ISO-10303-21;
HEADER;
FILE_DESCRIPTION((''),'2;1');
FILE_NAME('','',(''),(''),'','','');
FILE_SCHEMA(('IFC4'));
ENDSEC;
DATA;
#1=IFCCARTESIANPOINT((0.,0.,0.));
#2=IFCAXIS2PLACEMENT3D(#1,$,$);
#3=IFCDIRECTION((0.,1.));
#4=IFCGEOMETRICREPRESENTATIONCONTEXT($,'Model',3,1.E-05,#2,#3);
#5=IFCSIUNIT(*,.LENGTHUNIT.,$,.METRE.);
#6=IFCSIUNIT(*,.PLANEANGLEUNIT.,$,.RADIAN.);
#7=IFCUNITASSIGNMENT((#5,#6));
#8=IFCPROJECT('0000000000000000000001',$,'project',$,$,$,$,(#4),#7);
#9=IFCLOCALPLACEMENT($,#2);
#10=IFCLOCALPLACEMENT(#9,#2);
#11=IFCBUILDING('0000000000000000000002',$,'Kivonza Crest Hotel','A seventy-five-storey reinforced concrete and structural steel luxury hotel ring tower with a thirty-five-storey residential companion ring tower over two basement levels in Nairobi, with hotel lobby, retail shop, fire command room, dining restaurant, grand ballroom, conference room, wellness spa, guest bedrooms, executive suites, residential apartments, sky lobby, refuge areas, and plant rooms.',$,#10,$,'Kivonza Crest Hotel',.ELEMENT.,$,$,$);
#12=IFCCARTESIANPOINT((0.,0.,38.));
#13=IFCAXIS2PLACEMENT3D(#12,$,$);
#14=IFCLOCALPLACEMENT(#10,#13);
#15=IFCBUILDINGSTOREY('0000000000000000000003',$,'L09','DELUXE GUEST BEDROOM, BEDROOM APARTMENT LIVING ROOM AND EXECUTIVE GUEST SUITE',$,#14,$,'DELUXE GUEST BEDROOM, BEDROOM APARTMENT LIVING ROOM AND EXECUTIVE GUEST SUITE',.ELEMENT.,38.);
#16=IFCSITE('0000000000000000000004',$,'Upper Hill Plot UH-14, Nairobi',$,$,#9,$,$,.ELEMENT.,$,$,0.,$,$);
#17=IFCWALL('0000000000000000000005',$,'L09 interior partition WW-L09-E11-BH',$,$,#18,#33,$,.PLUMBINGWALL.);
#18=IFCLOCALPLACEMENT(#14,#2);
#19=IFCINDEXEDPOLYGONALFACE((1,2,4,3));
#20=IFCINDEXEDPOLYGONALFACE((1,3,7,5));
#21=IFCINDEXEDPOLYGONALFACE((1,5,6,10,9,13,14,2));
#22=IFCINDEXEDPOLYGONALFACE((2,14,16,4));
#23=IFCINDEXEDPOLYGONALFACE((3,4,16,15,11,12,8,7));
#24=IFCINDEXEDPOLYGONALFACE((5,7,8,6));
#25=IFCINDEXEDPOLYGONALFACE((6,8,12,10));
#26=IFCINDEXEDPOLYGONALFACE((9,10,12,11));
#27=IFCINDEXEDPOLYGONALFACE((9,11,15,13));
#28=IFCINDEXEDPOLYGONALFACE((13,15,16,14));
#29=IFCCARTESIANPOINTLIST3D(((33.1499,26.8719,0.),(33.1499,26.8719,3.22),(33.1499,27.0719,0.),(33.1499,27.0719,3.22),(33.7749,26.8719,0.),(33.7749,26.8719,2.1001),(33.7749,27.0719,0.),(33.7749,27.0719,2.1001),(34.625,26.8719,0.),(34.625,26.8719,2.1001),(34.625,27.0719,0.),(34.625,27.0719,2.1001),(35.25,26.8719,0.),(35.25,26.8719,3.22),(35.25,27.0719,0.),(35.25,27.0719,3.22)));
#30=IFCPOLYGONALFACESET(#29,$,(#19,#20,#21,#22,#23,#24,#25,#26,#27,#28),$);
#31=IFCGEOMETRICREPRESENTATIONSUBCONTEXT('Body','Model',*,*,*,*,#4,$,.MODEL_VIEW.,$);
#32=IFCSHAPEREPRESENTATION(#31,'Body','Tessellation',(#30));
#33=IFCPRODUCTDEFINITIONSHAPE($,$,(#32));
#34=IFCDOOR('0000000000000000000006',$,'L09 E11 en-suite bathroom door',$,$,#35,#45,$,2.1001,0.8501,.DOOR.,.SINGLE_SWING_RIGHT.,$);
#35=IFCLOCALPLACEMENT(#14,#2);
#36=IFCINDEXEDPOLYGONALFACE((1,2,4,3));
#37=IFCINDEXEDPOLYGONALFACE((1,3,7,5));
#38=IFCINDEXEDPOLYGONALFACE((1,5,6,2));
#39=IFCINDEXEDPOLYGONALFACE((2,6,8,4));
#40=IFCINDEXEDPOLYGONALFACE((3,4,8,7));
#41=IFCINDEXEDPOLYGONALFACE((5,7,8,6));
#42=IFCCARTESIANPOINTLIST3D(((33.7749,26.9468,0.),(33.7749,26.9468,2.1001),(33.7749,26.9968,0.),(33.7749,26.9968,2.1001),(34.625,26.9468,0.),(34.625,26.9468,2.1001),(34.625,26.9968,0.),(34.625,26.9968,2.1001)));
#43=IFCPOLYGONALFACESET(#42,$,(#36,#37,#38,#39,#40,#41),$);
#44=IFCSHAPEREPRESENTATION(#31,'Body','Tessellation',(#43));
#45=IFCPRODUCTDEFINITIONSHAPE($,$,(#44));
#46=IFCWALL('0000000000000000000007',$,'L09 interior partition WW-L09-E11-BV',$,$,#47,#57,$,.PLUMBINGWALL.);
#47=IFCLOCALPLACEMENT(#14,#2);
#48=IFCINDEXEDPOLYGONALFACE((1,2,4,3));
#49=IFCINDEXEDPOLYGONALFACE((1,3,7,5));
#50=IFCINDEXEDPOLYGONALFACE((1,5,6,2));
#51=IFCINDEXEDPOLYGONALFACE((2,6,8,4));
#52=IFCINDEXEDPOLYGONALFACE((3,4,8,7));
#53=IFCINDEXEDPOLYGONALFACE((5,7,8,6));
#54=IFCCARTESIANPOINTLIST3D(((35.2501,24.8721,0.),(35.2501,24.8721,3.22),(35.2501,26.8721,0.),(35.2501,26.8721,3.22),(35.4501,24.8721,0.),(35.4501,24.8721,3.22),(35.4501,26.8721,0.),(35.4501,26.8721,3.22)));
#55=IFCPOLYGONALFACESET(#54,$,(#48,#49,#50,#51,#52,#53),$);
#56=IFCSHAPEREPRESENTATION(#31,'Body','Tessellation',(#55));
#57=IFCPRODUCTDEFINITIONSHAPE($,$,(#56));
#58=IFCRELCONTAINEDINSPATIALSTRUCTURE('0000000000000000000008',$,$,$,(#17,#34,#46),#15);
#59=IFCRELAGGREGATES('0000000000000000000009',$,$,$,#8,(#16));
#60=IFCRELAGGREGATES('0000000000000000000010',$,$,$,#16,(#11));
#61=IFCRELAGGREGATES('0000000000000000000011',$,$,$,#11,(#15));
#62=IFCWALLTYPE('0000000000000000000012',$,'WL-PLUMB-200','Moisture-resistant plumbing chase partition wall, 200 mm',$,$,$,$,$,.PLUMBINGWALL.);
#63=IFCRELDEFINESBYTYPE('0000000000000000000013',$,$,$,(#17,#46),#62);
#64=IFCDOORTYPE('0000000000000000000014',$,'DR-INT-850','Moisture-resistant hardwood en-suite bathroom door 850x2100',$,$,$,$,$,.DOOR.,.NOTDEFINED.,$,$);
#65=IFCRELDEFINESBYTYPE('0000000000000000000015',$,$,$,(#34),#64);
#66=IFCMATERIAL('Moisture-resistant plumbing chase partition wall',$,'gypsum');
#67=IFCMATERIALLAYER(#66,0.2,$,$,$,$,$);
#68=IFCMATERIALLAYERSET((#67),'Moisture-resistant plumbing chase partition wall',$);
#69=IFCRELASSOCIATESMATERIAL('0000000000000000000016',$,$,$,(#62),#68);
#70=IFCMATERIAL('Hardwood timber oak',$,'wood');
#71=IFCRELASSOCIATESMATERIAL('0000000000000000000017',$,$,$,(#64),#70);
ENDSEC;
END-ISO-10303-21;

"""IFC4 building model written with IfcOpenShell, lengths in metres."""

from ifc_helpers import new_model, si_unit, direction, frame, frame_2d, origin, place, context, subcontext, project, spatial, rectangle, extrude, material, layer, layer_set, type_object, element, fill, save


model = new_model("IFC4")

# Units and contexts
model_context = context("Model", 3, precision=1e-05, world=origin(), true_north=direction((0.0, 1.0)))
body_context = subcontext(model_context, "Body", "Model", "MODEL_VIEW")
ifc_project = project(units=[si_unit("LENGTHUNIT", "METRE"), si_unit("PLANEANGLEUNIT", "RADIAN")], contexts=[model_context])

# Site, building, storey
site_placement = place(None, origin())
site = spatial("IfcSite", under=ifc_project, at=site_placement, Name="Upper Hill Plot UH-14, Nairobi", CompositionType="ELEMENT", RefElevation=0.0)
building_placement = place(site_placement, origin())
building = spatial("IfcBuilding", under=site, at=building_placement, Name="Kivonza Crest Hotel", Description="A seventy-five-storey reinforced concrete and structural steel luxury hotel ring tower with a thirty-five-storey residential companion ring tower over two basement levels in Nairobi, with hotel lobby, retail shop, fire command room, dining restaurant, grand ballroom, conference room, wellness spa, guest bedrooms, executive suites, residential apartments, sky lobby, refuge areas, and plant rooms.", LongName="Kivonza Crest Hotel", CompositionType="ELEMENT")
storey_placement = place(building_placement, frame((0.0, 0.0, 38.0)))
storey = spatial("IfcBuildingStorey", under=building, at=storey_placement, Name="L09", Description="DELUXE GUEST BEDROOM, BEDROOM APARTMENT LIVING ROOM AND EXECUTIVE GUEST SUITE", LongName="DELUXE GUEST BEDROOM, BEDROOM APARTMENT LIVING ROOM AND EXECUTIVE GUEST SUITE", CompositionType="ELEMENT", Elevation=38.0)

# Shared definitions
ifc_material_1 = material(Name="Hardwood timber oak", Category="wood")

# Wall, opening, door
ifc_material_2 = material(Name="Moisture-resistant plumbing chase partition wall", Category="gypsum")
ifc_layer_1 = layer(ifc_material_2, 0.2)
ifc_layer_set_1 = layer_set([ifc_layer_1], Name="Moisture-resistant plumbing chase partition wall")
wall_type_1 = type_object("IfcWallType", Name="WL-PLUMB-200", Description="Moisture-resistant plumbing chase partition wall, 200 mm", PredefinedType="PLUMBINGWALL", material=ifc_layer_set_1)
wall_1_placement = place(storey_placement, frame((33.1499, 26.9719, 0.0), z_axis=(0.0, 0.0, 1.0), x_axis=(1.0, 0.0, 0.0)))
wall_1 = element("IfcWall", 1, at=wall_1_placement, inside=storey, type_object=wall_type_1, Name="L09 interior partition WW-L09-E11-BH", PredefinedType="PLUMBINGWALL", context=body_context, shape_type="SweptSolid", body=[
    extrude(rectangle(XDim=2.1001, YDim=0.2, at=frame_2d((1.05, 0.0))), origin(), (0.0, 0.0, 1.0), 3.22),
])
opening_1_placement = place(wall_1_placement, frame((0.625, 0.0, 0.0)))
opening_1 = element("IfcOpeningElement", 2, at=opening_1_placement, cuts=wall_1, PredefinedType="OPENING", context=body_context, shape_type="SweptSolid", body=[
    extrude(rectangle(XDim=0.8501, YDim=2.1001, at=frame_2d((0.425, 1.05))), frame((0.0, 0.1099, 0.0), z_axis=(0.0, -1.0, 0.0), x_axis=(1.0, 0.0, 0.0)), (0.0, 0.0, 1.0), 0.22),
])
door_type_1 = type_object("IfcDoorType", Name="DR-INT-850", Description="Moisture-resistant hardwood en-suite bathroom door 850x2100", OperationType="NOTDEFINED", PredefinedType="DOOR", material=ifc_material_1)
door_1_placement = place(opening_1_placement, origin())
door_1 = element("IfcDoor", 3, at=door_1_placement, inside=storey, type_object=door_type_1, Name="L09 E11 en-suite bathroom door", OperationType="SINGLE_SWING_RIGHT", OverallHeight=2.1001, OverallWidth=0.8501, PredefinedType="DOOR", context=body_context, shape_type="SweptSolid", body=[
    extrude(rectangle(XDim=0.8501, YDim=2.1001, at=frame_2d((0.425, 1.05))), frame((0.0, 0.0249, 0.0), z_axis=(0.0, -1.0, 0.0), x_axis=(1.0, 0.0, 0.0)), (0.0, 0.0, 1.0), 0.05),
])
fill(opening_1, door_1)

# Wall
wall_2_placement = place(storey_placement, frame((35.3501, 24.8721, 0.0), z_axis=(0.0, 0.0, 1.0), x_axis=(0.0, 1.0, 0.0)))
element("IfcWall", 4, at=wall_2_placement, inside=storey, type_object=wall_type_1, Name="L09 interior partition WW-L09-E11-BV", PredefinedType="PLUMBINGWALL", context=body_context, shape_type="SweptSolid", body=[
    extrude(rectangle(XDim=2.0, YDim=0.2, at=frame_2d((1.0, 0.0))), origin(), (0.0, 0.0, 1.0), 3.22),
])

save(model, "model.ifc")
